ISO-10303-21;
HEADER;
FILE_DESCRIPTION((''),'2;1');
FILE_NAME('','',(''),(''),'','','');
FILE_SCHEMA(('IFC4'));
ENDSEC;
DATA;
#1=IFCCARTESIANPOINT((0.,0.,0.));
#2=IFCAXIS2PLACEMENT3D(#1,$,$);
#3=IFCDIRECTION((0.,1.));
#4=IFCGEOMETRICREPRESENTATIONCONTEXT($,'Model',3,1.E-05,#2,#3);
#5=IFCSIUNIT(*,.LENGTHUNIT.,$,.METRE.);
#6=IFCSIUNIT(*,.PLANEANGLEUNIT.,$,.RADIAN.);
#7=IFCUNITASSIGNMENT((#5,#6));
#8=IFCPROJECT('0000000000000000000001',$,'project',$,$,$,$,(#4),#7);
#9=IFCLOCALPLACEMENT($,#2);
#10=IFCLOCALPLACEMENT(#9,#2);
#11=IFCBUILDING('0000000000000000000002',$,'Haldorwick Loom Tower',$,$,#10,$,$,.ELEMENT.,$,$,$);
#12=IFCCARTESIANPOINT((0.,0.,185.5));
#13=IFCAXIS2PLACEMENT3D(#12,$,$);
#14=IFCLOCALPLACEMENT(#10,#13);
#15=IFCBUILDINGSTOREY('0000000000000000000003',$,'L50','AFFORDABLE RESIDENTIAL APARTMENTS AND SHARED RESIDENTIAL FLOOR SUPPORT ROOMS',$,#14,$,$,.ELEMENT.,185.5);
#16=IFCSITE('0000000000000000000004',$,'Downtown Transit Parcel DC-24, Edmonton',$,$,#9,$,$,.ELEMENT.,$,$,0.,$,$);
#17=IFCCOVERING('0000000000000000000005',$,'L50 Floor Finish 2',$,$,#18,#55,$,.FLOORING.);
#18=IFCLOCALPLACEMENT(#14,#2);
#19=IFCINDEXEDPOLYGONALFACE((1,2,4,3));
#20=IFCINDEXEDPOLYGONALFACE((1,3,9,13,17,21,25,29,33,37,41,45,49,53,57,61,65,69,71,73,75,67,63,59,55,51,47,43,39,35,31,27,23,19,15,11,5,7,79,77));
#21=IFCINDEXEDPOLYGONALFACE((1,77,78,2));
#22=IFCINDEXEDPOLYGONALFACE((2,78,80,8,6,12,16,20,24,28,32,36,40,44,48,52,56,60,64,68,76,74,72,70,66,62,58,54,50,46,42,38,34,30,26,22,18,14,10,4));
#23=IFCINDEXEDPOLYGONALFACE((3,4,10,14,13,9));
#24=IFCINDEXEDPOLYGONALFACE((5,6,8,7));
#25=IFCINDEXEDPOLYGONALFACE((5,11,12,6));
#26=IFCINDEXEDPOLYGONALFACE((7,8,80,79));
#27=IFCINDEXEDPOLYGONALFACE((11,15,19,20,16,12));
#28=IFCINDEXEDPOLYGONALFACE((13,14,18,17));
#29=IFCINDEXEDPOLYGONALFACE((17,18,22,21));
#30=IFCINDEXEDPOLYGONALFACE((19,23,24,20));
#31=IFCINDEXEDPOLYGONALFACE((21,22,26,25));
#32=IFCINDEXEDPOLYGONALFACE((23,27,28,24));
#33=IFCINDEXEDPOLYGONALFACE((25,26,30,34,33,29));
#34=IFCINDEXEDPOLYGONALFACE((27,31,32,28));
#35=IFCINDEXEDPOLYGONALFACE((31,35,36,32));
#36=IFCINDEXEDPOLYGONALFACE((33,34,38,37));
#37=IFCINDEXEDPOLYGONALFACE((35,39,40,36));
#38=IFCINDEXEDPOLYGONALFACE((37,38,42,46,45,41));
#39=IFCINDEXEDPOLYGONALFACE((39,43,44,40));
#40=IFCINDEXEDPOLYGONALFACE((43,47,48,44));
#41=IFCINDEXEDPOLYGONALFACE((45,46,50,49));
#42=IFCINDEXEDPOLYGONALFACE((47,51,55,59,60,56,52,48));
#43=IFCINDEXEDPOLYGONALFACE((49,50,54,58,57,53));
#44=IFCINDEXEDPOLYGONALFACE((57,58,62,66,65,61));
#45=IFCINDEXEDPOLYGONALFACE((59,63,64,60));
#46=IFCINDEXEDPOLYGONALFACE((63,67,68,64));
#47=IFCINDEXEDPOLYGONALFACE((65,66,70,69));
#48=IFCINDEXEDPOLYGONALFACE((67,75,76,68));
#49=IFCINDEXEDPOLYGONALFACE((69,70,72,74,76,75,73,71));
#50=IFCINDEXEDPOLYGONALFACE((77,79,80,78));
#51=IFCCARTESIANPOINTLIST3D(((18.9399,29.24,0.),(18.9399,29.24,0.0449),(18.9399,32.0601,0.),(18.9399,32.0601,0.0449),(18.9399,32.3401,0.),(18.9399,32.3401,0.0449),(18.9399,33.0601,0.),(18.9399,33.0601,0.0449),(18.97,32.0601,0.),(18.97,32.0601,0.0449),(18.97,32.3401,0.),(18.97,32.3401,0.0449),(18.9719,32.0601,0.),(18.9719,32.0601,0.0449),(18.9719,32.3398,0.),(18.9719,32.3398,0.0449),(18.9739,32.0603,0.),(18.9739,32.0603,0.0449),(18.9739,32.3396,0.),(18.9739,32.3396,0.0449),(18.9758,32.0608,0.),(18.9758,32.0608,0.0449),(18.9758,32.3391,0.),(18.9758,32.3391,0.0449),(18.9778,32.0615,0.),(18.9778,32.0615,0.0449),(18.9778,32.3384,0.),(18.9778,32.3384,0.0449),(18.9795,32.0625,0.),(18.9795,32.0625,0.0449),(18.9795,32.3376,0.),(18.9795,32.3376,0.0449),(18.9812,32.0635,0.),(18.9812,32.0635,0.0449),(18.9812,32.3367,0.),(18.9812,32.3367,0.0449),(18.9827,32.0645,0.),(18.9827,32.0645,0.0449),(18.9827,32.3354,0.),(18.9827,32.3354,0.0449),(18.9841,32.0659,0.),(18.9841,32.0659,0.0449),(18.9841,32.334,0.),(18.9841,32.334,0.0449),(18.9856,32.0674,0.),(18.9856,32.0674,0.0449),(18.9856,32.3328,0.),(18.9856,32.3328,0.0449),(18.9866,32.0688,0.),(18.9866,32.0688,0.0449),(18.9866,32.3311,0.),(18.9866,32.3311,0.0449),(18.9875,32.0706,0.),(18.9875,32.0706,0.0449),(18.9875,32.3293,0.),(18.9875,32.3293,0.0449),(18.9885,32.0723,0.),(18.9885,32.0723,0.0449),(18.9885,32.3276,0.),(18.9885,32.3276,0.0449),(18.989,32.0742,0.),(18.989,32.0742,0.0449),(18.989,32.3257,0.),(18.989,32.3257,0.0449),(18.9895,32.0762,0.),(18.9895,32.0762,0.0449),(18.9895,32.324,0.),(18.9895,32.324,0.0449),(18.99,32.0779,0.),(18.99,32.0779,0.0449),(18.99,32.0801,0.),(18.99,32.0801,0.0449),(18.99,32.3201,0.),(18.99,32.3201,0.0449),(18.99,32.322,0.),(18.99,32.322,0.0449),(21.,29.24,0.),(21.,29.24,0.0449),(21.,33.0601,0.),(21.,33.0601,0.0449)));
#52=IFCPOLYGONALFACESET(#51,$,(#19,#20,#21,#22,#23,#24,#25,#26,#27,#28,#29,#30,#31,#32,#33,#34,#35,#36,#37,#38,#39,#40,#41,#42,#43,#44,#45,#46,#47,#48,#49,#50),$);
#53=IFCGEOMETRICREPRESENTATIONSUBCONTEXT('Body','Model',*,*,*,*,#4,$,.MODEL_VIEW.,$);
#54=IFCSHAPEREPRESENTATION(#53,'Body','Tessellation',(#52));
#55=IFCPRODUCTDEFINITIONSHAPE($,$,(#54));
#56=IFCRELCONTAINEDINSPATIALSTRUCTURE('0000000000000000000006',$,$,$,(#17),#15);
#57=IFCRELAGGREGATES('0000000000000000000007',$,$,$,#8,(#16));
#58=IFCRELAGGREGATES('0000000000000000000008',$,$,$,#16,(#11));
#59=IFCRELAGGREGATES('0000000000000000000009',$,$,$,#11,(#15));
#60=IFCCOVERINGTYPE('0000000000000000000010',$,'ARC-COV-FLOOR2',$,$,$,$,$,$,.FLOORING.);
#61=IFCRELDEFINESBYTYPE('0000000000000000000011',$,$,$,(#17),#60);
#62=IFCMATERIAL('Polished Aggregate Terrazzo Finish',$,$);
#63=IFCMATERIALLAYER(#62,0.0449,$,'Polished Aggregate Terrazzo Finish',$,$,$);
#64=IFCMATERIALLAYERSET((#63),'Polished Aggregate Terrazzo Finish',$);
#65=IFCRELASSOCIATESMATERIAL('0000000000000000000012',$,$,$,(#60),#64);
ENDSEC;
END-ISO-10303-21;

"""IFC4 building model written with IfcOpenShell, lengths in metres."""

from ifc_helpers import new_model, si_unit, direction, frame, origin, place, context, subcontext, project, spatial, polyline, outline, extrude, material, layer, layer_set, type_object, element, save


model = new_model("IFC4")

# Units and contexts
model_context = context("Model", 3, precision=1e-05, world=origin(), true_north=direction((0.0, 1.0)))
body_context = subcontext(model_context, "Body", "Model", "MODEL_VIEW")
ifc_project = project(units=[si_unit("LENGTHUNIT", "METRE"), si_unit("PLANEANGLEUNIT", "RADIAN")], contexts=[model_context])

# Site, building, storey
site_placement = place(None, origin())
site = spatial("IfcSite", under=ifc_project, at=site_placement, Name="Downtown Transit Parcel DC-24, Edmonton", CompositionType="ELEMENT", RefElevation=0.0)
building_placement = place(site_placement, origin())
building = spatial("IfcBuilding", under=site, at=building_placement, Name="Haldorwick Loom Tower", CompositionType="ELEMENT")
storey_placement = place(building_placement, frame((0.0, 0.0, 185.5)))
storey = spatial("IfcBuildingStorey", under=building, at=storey_placement, Name="L50", Description="AFFORDABLE RESIDENTIAL APARTMENTS AND SHARED RESIDENTIAL FLOOR SUPPORT ROOMS", CompositionType="ELEMENT", Elevation=185.5)

# Covering
ifc_material_1 = material(Name="Polished Aggregate Terrazzo Finish")
ifc_layer_1 = layer(ifc_material_1, 0.0449, Name="Polished Aggregate Terrazzo Finish")
ifc_layer_set_1 = layer_set([ifc_layer_1], Name="Polished Aggregate Terrazzo Finish")
covering_type_1 = type_object("IfcCoveringType", Name="ARC-COV-FLOOR2", PredefinedType="FLOORING", material=ifc_layer_set_1)
covering_1_placement = place(storey_placement, origin())
element("IfcCovering", 1, at=covering_1_placement, inside=storey, type_object=covering_type_1, Name="L50 Floor Finish 2", PredefinedType="FLOORING", context=body_context, shape_type="SweptSolid", body=[
    extrude(outline(polyline([(18.97, 32.3401), (18.9719, 32.3398), (18.9739, 32.3396), (18.9758, 32.3391), (18.9778, 32.3384), (18.9795, 32.3376), (18.9812, 32.3367), (18.9827, 32.3354), (18.9841, 32.334), (18.9856, 32.3328), (18.9866, 32.3311), (18.9875, 32.3293), (18.9885, 32.3276), (18.989, 32.3257), (18.9895, 32.324), (18.99, 32.322), (18.99, 32.3201), (18.99, 32.0801), (18.99, 32.0779), (18.9895, 32.0762), (18.989, 32.0742), (18.9885, 32.0723), (18.9875, 32.0706), (18.9866, 32.0688), (18.9856, 32.0674), (18.9841, 32.0659), (18.9827, 32.0645), (18.9812, 32.0635), (18.9795, 32.0625), (18.9778, 32.0615), (18.9758, 32.0608), (18.9739, 32.0603), (18.9719, 32.0601), (18.97, 32.0601), (18.9399, 32.0601), (18.9399, 29.24), (21.0, 29.24), (21.0, 33.0601), (18.9399, 33.0601), (18.9399, 32.3401), (18.97, 32.3401)])), origin(), (0.0, 0.0, 1.0), 0.0449),
])

save(model, "model.ifc")
